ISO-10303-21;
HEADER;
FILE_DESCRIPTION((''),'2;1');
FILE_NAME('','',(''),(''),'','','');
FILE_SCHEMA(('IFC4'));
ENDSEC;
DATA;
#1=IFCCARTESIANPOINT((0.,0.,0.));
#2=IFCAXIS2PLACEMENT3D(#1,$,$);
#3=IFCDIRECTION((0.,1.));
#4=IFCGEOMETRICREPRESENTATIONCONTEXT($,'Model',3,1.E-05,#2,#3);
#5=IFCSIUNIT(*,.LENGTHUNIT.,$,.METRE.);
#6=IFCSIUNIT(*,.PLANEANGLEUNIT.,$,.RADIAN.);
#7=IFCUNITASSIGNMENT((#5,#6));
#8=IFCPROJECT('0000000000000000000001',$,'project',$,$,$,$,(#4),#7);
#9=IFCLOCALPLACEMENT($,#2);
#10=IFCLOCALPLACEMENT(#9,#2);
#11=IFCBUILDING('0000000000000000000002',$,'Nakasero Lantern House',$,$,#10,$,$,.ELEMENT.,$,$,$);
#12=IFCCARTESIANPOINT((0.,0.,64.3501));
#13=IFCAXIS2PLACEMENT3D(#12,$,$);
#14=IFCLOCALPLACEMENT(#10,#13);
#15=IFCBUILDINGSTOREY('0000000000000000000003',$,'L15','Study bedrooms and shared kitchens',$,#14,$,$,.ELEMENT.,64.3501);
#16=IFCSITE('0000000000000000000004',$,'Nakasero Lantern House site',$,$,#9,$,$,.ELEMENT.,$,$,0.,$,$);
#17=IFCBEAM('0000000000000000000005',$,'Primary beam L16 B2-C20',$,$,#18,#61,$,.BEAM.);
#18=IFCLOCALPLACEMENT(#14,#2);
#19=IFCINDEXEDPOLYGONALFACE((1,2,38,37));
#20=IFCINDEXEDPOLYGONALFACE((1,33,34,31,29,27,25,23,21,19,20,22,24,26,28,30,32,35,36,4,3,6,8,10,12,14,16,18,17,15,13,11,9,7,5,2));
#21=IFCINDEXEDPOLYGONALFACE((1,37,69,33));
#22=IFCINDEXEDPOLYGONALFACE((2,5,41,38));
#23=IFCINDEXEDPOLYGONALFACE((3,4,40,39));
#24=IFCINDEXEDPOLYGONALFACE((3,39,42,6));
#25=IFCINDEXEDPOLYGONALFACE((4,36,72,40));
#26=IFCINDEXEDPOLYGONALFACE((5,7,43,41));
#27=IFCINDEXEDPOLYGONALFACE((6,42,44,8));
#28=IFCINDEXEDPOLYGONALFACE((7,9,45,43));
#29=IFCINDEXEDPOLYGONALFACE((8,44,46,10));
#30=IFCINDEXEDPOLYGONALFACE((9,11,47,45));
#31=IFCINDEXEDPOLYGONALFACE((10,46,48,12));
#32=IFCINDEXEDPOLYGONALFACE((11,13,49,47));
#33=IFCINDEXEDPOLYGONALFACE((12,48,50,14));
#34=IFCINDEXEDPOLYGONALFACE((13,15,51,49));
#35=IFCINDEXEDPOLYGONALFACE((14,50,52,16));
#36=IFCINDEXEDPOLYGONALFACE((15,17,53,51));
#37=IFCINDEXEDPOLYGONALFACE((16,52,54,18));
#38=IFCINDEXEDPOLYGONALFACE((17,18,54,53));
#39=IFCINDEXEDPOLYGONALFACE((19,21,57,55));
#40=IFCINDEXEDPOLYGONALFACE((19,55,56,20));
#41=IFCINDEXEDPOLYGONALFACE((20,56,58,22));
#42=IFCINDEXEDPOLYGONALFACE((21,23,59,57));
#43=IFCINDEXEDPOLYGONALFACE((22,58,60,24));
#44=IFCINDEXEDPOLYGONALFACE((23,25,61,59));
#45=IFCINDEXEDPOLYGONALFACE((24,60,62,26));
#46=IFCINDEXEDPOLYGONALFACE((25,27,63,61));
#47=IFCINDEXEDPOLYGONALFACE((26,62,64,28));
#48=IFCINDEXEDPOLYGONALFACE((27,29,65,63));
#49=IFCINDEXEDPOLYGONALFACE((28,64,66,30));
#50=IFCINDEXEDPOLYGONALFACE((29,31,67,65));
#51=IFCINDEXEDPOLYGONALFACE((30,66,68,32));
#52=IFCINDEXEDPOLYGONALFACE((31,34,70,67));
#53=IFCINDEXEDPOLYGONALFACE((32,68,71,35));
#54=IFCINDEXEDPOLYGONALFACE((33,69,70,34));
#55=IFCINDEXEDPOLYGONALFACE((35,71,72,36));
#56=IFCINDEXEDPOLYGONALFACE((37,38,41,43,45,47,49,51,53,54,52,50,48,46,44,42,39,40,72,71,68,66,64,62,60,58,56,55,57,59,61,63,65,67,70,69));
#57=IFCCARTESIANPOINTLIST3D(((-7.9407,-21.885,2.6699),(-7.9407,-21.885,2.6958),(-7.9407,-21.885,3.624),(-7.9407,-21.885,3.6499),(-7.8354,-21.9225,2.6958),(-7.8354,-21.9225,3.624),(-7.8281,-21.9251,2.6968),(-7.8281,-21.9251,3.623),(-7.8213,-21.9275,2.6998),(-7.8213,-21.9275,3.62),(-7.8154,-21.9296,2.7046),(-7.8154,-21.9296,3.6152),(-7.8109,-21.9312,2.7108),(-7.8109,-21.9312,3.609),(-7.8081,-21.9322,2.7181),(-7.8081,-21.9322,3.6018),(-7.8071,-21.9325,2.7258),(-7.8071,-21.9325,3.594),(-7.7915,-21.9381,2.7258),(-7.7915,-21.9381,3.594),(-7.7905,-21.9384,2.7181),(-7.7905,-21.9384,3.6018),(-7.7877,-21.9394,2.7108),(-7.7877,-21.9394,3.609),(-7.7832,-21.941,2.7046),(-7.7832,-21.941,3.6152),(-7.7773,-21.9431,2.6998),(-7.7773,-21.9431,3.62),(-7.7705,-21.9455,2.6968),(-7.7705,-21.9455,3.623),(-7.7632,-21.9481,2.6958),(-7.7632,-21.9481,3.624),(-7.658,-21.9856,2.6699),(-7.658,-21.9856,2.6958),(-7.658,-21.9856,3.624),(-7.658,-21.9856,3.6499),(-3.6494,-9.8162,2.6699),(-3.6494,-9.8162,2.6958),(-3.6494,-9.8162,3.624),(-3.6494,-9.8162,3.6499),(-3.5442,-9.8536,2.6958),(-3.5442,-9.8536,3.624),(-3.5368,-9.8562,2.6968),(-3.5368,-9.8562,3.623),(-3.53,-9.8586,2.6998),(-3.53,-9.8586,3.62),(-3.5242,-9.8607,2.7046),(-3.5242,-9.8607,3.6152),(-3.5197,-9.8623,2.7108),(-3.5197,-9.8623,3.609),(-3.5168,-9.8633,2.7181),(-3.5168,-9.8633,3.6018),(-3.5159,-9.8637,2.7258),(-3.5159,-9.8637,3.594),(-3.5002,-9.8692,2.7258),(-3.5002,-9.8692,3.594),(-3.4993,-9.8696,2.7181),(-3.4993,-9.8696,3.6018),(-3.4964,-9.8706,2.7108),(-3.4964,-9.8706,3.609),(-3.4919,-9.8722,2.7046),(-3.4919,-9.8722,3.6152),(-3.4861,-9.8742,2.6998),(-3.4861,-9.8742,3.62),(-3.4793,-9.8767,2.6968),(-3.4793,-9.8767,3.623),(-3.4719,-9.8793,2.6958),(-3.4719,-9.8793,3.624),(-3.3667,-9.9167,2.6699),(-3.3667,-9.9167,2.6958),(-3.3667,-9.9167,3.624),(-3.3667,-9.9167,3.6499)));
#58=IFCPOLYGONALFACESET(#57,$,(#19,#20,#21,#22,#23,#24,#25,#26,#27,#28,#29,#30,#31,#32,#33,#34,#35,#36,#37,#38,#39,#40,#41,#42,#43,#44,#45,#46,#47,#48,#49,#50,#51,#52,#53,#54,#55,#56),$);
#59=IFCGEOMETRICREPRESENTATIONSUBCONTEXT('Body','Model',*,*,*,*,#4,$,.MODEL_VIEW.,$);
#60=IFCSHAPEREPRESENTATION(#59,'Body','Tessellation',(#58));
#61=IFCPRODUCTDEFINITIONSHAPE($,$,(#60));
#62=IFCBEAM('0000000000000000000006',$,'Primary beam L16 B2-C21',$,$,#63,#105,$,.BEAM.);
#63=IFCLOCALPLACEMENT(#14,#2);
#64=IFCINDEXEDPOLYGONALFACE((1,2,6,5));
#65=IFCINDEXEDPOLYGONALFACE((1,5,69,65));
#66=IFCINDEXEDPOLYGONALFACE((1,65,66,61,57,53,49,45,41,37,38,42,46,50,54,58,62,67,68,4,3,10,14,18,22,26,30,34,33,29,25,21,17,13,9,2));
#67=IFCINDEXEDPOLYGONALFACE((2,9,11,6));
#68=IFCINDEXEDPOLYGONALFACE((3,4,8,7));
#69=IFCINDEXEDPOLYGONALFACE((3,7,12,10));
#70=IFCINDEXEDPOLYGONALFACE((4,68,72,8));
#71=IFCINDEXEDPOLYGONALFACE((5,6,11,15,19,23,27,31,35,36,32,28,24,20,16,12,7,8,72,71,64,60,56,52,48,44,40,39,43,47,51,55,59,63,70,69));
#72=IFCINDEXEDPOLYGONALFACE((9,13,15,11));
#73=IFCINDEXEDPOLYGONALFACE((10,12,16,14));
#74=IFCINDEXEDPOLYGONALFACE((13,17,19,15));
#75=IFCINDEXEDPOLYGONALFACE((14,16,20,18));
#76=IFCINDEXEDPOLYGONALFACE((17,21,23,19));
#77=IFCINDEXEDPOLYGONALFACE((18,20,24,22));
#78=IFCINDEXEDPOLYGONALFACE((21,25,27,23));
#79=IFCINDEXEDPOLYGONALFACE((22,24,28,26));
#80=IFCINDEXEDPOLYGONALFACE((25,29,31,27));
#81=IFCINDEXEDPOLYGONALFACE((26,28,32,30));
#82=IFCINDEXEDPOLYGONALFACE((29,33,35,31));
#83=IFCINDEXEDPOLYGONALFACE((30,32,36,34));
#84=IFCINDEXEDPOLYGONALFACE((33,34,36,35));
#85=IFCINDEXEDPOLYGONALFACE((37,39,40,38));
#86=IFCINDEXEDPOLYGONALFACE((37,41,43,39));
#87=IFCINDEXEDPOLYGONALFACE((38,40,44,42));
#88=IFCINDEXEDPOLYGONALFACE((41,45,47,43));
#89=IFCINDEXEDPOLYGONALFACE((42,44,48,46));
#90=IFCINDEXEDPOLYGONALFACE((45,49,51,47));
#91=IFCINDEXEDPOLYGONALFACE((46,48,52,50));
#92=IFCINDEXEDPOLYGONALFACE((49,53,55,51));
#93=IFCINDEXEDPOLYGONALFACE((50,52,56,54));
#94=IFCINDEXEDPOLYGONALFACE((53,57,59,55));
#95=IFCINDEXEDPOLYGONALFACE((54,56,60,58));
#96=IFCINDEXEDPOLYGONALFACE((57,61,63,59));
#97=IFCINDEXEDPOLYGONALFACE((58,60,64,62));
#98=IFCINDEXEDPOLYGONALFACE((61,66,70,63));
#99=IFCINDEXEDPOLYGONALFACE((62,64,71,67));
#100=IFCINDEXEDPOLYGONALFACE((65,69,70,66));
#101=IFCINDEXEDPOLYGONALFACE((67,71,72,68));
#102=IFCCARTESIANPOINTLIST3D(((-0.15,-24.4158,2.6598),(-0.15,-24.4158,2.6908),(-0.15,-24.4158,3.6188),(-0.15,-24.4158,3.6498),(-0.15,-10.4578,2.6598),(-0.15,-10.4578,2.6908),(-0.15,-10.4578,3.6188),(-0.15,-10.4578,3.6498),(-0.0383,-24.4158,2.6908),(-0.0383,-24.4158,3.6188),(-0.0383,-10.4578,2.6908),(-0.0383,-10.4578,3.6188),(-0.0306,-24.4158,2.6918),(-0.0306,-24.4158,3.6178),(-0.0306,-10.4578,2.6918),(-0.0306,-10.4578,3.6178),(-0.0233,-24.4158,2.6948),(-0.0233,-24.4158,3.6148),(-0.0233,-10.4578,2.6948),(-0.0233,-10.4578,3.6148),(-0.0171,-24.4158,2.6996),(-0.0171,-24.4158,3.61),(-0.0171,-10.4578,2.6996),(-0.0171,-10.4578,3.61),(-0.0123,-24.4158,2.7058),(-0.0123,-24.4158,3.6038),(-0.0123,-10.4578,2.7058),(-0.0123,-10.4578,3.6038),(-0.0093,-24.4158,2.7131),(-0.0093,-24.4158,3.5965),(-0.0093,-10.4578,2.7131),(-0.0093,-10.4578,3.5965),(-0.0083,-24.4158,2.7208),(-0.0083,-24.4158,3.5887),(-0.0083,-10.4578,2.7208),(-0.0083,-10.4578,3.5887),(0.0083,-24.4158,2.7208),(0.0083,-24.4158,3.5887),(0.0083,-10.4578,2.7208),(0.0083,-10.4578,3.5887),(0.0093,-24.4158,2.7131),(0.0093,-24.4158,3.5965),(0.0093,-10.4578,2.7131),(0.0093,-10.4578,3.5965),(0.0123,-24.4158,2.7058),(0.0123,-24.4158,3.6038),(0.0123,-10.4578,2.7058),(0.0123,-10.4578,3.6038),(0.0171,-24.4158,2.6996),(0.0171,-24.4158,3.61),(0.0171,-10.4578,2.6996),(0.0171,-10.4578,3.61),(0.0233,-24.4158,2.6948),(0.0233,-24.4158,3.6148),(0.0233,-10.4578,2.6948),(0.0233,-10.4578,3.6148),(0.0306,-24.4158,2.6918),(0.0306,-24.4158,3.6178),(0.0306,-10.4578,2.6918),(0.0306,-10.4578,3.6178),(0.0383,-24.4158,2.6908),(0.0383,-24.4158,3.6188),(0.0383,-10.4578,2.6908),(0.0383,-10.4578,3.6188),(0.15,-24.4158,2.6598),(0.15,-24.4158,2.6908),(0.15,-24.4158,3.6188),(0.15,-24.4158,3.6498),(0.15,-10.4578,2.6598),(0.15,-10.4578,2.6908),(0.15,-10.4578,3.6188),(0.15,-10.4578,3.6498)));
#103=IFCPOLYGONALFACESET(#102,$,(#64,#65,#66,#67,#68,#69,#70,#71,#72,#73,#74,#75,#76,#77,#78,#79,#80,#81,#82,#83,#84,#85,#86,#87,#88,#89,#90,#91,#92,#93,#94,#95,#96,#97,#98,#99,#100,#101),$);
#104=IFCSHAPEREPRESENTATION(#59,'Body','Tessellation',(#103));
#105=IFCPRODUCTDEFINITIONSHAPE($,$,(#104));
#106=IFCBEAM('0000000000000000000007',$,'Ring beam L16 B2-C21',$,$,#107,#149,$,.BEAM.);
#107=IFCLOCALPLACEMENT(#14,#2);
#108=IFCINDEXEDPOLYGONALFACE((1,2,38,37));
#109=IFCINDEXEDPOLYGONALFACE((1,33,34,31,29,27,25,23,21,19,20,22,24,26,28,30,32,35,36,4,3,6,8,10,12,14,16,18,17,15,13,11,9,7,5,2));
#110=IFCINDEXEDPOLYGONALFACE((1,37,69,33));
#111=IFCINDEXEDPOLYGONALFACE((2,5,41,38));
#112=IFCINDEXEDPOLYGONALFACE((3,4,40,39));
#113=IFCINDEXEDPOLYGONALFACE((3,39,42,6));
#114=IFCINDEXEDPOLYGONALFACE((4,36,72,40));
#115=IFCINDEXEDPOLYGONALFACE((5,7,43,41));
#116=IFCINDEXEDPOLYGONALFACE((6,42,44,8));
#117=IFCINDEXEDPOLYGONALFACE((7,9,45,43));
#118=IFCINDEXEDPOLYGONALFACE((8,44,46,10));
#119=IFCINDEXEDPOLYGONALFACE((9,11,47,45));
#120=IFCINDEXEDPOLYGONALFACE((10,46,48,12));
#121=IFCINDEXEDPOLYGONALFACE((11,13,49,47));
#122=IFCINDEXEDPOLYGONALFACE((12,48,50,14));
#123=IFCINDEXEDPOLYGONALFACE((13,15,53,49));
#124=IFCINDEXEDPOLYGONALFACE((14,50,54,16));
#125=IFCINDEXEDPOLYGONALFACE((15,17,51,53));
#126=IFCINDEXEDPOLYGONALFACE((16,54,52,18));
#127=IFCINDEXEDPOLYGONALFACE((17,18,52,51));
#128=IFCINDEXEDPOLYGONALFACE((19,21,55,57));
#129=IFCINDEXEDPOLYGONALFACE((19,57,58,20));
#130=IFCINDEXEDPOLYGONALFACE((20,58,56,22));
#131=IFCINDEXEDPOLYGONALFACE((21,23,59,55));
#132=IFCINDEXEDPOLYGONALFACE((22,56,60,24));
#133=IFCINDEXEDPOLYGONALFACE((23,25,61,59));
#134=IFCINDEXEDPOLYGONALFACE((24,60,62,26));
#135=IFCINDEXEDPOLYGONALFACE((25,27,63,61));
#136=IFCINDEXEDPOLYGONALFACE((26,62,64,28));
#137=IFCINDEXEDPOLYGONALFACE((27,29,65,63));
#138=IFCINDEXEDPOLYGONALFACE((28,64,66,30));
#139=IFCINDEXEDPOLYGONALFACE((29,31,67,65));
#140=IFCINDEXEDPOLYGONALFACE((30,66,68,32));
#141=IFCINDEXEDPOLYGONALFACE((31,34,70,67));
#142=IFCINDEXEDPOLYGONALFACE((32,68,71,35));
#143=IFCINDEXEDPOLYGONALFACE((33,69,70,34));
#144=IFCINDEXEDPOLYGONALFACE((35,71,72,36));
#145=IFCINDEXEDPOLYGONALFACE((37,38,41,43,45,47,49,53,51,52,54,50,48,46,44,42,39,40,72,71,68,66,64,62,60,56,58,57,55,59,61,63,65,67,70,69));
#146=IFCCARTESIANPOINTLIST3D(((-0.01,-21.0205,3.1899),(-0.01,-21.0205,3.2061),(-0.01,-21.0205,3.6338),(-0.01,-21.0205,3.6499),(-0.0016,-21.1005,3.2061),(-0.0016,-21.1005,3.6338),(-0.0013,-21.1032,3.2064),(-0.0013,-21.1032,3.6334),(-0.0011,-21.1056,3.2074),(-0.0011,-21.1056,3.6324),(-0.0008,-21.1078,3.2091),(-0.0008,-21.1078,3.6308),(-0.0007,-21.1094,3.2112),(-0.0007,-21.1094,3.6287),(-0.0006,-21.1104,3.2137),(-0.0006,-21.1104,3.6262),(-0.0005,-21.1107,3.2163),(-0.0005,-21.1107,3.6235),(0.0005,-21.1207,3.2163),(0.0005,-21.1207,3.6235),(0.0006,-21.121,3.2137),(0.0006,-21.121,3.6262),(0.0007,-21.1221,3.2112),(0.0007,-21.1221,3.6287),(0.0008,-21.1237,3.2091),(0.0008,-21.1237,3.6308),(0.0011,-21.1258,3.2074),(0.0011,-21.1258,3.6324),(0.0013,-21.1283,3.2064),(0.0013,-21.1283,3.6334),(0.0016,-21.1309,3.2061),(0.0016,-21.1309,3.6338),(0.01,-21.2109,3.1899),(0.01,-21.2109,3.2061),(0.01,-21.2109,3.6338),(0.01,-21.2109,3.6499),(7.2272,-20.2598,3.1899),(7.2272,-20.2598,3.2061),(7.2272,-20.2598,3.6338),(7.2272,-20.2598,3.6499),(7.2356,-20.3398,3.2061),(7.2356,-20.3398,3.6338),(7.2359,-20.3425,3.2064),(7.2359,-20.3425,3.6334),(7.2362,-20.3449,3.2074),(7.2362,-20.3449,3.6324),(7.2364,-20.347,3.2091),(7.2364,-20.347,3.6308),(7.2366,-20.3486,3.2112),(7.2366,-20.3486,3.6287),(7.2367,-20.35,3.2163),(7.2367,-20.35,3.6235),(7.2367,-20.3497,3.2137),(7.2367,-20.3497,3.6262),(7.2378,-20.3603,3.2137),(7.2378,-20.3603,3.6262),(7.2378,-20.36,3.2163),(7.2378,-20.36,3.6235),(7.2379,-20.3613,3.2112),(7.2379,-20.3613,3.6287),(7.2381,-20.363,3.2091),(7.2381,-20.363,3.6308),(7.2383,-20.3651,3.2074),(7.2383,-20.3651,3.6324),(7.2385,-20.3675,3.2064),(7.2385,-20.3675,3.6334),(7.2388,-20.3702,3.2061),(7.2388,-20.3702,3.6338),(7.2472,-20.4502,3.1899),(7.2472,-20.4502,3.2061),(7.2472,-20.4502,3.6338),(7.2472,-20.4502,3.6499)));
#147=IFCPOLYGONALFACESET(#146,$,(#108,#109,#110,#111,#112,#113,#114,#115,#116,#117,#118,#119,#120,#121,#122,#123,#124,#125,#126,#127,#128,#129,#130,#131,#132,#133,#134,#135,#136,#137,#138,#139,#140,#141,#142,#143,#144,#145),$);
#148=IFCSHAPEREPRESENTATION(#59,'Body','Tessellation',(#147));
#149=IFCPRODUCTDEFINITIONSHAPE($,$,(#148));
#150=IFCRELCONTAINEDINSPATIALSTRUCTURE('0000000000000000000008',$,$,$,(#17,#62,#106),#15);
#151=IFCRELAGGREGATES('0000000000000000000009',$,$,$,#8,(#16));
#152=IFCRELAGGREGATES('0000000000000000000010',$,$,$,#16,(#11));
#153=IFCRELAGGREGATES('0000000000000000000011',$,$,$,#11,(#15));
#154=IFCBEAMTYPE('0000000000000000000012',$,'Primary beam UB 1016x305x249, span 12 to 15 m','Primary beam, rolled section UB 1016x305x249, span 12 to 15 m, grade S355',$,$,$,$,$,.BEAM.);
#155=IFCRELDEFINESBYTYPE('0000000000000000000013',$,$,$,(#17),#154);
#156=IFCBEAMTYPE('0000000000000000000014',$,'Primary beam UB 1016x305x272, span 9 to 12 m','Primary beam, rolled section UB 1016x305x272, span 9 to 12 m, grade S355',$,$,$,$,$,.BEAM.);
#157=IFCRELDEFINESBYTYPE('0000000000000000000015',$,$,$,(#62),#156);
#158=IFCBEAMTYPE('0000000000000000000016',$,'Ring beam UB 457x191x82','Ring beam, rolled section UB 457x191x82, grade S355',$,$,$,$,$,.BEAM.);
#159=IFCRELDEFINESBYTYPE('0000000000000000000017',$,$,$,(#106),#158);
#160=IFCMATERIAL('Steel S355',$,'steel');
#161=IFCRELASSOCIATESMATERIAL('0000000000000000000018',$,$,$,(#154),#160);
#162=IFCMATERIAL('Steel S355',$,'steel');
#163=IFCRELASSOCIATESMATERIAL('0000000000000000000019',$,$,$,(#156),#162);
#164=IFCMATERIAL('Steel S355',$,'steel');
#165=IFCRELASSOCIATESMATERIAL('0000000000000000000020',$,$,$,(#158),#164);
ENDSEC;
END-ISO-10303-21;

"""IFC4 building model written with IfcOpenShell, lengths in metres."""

from ifc_helpers import new_model, si_unit, direction, frame, origin, origin_2d, place, context, subcontext, project, spatial, i_section, extrude, material, material_profile, profile_set, type_object, element, save


model = new_model("IFC4")

# Units and contexts
model_context = context("Model", 3, precision=1e-05, world=origin(), true_north=direction((0.0, 1.0)))
body_context = subcontext(model_context, "Body", "Model", "MODEL_VIEW")
ifc_project = project(units=[si_unit("LENGTHUNIT", "METRE"), si_unit("PLANEANGLEUNIT", "RADIAN")], contexts=[model_context])

# Site, building, storey
site_placement = place(None, origin())
site = spatial("IfcSite", under=ifc_project, at=site_placement, Name="Nakasero Lantern House site", CompositionType="ELEMENT", RefElevation=0.0)
building_placement = place(site_placement, origin())
building = spatial("IfcBuilding", under=site, at=building_placement, Name="Nakasero Lantern House", CompositionType="ELEMENT")
storey_placement = place(building_placement, frame((0.0, 0.0, 64.3501)))
storey = spatial("IfcBuildingStorey", under=building, at=storey_placement, Name="L15", Description="Study bedrooms and shared kitchens", CompositionType="ELEMENT", Elevation=64.3501)

# Beams
ifc_material_1 = material(Name="Steel S355", Category="steel")
ifc_material_profile_1 = material_profile(ifc_material_1, i_section(OverallWidth=0.3, OverallDepth=0.98, WebThickness=0.0166, FlangeThickness=0.0259, FilletRadius=0.03, at=origin_2d()), Name="UB 1016x305x249")
ifc_profile_set_1 = profile_set([ifc_material_profile_1], Name="Steel S355")
beam_type_1 = type_object("IfcBeamType", Name="Primary beam UB 1016x305x249, span 12 to 15 m", Description="Primary beam, rolled section UB 1016x305x249, span 12 to 15 m, grade S355", PredefinedType="BEAM", material=ifc_profile_set_1)
beam_1_placement = place(storey_placement, frame((-7.7993, -21.9353, 3.1599), z_axis=(0.335018, 0.942212, 0.0), x_axis=(-0.942212, 0.335018, 0.0)))
element("IfcBeam", 1, at=beam_1_placement, inside=storey, type_object=beam_type_1, Name="Primary beam L16 B2-C20", PredefinedType="BEAM", context=body_context, shape_type="SweptSolid", body=[
    extrude(i_section(OverallWidth=0.3, OverallDepth=0.98, WebThickness=0.0166, FlangeThickness=0.0259, FilletRadius=0.03, at=origin_2d()), origin(), (0.0, 0.0, 1.0), 12.8091),
])
ifc_material_2 = material(Name="Steel S355", Category="steel")
ifc_material_profile_2 = material_profile(ifc_material_2, i_section(OverallWidth=0.3, OverallDepth=0.99, WebThickness=0.0166, FlangeThickness=0.031, FilletRadius=0.03, at=origin_2d()), Name="UB 1016x305x272")
ifc_profile_set_2 = profile_set([ifc_material_profile_2], Name="Steel S355")
beam_type_2 = type_object("IfcBeamType", Name="Primary beam UB 1016x305x272, span 9 to 12 m", Description="Primary beam, rolled section UB 1016x305x272, span 9 to 12 m, grade S355", PredefinedType="BEAM", material=ifc_profile_set_2)
beam_2_placement = place(storey_placement, frame((0.0, -24.4158, 3.1548), z_axis=(0.0, 1.0, 0.0), x_axis=(-1.0, 0.0, 0.0)))
element("IfcBeam", 2, at=beam_2_placement, inside=storey, type_object=beam_type_2, Name="Primary beam L16 B2-C21", PredefinedType="BEAM", context=body_context, shape_type="SweptSolid", body=[
    extrude(i_section(OverallWidth=0.3, OverallDepth=0.99, WebThickness=0.0166, FlangeThickness=0.031, FilletRadius=0.03, at=origin_2d()), origin(), (0.0, 0.0, 1.0), 13.958),
])
ifc_material_3 = material(Name="Steel S355", Category="steel")
ifc_material_profile_3 = material_profile(ifc_material_3, i_section(OverallWidth=0.1914, OverallDepth=0.46, WebThickness=0.01, FlangeThickness=0.0161, FilletRadius=0.0103, at=origin_2d()), Name="UB 457x191x82")
ifc_profile_set_3 = profile_set([ifc_material_profile_3], Name="Steel S355")
beam_type_3 = type_object("IfcBeamType", Name="Ring beam UB 457x191x82", Description="Ring beam, rolled section UB 457x191x82, grade S355", PredefinedType="BEAM", material=ifc_profile_set_3)
beam_3_placement = place(storey_placement, frame((0.0, -21.1157, 3.4199), z_axis=(0.994521, 0.104538, 0.0), x_axis=(-0.104538, 0.994521, 0.0)))
element("IfcBeam", 3, at=beam_3_placement, inside=storey, type_object=beam_type_3, Name="Ring beam L16 B2-C21", PredefinedType="BEAM", context=body_context, shape_type="SweptSolid", body=[
    extrude(i_section(OverallWidth=0.1914, OverallDepth=0.46, WebThickness=0.01, FlangeThickness=0.0161, FilletRadius=0.0103, at=origin_2d()), origin(), (0.0, 0.0, 1.0), 7.2771),
])

save(model, "model.ifc")
